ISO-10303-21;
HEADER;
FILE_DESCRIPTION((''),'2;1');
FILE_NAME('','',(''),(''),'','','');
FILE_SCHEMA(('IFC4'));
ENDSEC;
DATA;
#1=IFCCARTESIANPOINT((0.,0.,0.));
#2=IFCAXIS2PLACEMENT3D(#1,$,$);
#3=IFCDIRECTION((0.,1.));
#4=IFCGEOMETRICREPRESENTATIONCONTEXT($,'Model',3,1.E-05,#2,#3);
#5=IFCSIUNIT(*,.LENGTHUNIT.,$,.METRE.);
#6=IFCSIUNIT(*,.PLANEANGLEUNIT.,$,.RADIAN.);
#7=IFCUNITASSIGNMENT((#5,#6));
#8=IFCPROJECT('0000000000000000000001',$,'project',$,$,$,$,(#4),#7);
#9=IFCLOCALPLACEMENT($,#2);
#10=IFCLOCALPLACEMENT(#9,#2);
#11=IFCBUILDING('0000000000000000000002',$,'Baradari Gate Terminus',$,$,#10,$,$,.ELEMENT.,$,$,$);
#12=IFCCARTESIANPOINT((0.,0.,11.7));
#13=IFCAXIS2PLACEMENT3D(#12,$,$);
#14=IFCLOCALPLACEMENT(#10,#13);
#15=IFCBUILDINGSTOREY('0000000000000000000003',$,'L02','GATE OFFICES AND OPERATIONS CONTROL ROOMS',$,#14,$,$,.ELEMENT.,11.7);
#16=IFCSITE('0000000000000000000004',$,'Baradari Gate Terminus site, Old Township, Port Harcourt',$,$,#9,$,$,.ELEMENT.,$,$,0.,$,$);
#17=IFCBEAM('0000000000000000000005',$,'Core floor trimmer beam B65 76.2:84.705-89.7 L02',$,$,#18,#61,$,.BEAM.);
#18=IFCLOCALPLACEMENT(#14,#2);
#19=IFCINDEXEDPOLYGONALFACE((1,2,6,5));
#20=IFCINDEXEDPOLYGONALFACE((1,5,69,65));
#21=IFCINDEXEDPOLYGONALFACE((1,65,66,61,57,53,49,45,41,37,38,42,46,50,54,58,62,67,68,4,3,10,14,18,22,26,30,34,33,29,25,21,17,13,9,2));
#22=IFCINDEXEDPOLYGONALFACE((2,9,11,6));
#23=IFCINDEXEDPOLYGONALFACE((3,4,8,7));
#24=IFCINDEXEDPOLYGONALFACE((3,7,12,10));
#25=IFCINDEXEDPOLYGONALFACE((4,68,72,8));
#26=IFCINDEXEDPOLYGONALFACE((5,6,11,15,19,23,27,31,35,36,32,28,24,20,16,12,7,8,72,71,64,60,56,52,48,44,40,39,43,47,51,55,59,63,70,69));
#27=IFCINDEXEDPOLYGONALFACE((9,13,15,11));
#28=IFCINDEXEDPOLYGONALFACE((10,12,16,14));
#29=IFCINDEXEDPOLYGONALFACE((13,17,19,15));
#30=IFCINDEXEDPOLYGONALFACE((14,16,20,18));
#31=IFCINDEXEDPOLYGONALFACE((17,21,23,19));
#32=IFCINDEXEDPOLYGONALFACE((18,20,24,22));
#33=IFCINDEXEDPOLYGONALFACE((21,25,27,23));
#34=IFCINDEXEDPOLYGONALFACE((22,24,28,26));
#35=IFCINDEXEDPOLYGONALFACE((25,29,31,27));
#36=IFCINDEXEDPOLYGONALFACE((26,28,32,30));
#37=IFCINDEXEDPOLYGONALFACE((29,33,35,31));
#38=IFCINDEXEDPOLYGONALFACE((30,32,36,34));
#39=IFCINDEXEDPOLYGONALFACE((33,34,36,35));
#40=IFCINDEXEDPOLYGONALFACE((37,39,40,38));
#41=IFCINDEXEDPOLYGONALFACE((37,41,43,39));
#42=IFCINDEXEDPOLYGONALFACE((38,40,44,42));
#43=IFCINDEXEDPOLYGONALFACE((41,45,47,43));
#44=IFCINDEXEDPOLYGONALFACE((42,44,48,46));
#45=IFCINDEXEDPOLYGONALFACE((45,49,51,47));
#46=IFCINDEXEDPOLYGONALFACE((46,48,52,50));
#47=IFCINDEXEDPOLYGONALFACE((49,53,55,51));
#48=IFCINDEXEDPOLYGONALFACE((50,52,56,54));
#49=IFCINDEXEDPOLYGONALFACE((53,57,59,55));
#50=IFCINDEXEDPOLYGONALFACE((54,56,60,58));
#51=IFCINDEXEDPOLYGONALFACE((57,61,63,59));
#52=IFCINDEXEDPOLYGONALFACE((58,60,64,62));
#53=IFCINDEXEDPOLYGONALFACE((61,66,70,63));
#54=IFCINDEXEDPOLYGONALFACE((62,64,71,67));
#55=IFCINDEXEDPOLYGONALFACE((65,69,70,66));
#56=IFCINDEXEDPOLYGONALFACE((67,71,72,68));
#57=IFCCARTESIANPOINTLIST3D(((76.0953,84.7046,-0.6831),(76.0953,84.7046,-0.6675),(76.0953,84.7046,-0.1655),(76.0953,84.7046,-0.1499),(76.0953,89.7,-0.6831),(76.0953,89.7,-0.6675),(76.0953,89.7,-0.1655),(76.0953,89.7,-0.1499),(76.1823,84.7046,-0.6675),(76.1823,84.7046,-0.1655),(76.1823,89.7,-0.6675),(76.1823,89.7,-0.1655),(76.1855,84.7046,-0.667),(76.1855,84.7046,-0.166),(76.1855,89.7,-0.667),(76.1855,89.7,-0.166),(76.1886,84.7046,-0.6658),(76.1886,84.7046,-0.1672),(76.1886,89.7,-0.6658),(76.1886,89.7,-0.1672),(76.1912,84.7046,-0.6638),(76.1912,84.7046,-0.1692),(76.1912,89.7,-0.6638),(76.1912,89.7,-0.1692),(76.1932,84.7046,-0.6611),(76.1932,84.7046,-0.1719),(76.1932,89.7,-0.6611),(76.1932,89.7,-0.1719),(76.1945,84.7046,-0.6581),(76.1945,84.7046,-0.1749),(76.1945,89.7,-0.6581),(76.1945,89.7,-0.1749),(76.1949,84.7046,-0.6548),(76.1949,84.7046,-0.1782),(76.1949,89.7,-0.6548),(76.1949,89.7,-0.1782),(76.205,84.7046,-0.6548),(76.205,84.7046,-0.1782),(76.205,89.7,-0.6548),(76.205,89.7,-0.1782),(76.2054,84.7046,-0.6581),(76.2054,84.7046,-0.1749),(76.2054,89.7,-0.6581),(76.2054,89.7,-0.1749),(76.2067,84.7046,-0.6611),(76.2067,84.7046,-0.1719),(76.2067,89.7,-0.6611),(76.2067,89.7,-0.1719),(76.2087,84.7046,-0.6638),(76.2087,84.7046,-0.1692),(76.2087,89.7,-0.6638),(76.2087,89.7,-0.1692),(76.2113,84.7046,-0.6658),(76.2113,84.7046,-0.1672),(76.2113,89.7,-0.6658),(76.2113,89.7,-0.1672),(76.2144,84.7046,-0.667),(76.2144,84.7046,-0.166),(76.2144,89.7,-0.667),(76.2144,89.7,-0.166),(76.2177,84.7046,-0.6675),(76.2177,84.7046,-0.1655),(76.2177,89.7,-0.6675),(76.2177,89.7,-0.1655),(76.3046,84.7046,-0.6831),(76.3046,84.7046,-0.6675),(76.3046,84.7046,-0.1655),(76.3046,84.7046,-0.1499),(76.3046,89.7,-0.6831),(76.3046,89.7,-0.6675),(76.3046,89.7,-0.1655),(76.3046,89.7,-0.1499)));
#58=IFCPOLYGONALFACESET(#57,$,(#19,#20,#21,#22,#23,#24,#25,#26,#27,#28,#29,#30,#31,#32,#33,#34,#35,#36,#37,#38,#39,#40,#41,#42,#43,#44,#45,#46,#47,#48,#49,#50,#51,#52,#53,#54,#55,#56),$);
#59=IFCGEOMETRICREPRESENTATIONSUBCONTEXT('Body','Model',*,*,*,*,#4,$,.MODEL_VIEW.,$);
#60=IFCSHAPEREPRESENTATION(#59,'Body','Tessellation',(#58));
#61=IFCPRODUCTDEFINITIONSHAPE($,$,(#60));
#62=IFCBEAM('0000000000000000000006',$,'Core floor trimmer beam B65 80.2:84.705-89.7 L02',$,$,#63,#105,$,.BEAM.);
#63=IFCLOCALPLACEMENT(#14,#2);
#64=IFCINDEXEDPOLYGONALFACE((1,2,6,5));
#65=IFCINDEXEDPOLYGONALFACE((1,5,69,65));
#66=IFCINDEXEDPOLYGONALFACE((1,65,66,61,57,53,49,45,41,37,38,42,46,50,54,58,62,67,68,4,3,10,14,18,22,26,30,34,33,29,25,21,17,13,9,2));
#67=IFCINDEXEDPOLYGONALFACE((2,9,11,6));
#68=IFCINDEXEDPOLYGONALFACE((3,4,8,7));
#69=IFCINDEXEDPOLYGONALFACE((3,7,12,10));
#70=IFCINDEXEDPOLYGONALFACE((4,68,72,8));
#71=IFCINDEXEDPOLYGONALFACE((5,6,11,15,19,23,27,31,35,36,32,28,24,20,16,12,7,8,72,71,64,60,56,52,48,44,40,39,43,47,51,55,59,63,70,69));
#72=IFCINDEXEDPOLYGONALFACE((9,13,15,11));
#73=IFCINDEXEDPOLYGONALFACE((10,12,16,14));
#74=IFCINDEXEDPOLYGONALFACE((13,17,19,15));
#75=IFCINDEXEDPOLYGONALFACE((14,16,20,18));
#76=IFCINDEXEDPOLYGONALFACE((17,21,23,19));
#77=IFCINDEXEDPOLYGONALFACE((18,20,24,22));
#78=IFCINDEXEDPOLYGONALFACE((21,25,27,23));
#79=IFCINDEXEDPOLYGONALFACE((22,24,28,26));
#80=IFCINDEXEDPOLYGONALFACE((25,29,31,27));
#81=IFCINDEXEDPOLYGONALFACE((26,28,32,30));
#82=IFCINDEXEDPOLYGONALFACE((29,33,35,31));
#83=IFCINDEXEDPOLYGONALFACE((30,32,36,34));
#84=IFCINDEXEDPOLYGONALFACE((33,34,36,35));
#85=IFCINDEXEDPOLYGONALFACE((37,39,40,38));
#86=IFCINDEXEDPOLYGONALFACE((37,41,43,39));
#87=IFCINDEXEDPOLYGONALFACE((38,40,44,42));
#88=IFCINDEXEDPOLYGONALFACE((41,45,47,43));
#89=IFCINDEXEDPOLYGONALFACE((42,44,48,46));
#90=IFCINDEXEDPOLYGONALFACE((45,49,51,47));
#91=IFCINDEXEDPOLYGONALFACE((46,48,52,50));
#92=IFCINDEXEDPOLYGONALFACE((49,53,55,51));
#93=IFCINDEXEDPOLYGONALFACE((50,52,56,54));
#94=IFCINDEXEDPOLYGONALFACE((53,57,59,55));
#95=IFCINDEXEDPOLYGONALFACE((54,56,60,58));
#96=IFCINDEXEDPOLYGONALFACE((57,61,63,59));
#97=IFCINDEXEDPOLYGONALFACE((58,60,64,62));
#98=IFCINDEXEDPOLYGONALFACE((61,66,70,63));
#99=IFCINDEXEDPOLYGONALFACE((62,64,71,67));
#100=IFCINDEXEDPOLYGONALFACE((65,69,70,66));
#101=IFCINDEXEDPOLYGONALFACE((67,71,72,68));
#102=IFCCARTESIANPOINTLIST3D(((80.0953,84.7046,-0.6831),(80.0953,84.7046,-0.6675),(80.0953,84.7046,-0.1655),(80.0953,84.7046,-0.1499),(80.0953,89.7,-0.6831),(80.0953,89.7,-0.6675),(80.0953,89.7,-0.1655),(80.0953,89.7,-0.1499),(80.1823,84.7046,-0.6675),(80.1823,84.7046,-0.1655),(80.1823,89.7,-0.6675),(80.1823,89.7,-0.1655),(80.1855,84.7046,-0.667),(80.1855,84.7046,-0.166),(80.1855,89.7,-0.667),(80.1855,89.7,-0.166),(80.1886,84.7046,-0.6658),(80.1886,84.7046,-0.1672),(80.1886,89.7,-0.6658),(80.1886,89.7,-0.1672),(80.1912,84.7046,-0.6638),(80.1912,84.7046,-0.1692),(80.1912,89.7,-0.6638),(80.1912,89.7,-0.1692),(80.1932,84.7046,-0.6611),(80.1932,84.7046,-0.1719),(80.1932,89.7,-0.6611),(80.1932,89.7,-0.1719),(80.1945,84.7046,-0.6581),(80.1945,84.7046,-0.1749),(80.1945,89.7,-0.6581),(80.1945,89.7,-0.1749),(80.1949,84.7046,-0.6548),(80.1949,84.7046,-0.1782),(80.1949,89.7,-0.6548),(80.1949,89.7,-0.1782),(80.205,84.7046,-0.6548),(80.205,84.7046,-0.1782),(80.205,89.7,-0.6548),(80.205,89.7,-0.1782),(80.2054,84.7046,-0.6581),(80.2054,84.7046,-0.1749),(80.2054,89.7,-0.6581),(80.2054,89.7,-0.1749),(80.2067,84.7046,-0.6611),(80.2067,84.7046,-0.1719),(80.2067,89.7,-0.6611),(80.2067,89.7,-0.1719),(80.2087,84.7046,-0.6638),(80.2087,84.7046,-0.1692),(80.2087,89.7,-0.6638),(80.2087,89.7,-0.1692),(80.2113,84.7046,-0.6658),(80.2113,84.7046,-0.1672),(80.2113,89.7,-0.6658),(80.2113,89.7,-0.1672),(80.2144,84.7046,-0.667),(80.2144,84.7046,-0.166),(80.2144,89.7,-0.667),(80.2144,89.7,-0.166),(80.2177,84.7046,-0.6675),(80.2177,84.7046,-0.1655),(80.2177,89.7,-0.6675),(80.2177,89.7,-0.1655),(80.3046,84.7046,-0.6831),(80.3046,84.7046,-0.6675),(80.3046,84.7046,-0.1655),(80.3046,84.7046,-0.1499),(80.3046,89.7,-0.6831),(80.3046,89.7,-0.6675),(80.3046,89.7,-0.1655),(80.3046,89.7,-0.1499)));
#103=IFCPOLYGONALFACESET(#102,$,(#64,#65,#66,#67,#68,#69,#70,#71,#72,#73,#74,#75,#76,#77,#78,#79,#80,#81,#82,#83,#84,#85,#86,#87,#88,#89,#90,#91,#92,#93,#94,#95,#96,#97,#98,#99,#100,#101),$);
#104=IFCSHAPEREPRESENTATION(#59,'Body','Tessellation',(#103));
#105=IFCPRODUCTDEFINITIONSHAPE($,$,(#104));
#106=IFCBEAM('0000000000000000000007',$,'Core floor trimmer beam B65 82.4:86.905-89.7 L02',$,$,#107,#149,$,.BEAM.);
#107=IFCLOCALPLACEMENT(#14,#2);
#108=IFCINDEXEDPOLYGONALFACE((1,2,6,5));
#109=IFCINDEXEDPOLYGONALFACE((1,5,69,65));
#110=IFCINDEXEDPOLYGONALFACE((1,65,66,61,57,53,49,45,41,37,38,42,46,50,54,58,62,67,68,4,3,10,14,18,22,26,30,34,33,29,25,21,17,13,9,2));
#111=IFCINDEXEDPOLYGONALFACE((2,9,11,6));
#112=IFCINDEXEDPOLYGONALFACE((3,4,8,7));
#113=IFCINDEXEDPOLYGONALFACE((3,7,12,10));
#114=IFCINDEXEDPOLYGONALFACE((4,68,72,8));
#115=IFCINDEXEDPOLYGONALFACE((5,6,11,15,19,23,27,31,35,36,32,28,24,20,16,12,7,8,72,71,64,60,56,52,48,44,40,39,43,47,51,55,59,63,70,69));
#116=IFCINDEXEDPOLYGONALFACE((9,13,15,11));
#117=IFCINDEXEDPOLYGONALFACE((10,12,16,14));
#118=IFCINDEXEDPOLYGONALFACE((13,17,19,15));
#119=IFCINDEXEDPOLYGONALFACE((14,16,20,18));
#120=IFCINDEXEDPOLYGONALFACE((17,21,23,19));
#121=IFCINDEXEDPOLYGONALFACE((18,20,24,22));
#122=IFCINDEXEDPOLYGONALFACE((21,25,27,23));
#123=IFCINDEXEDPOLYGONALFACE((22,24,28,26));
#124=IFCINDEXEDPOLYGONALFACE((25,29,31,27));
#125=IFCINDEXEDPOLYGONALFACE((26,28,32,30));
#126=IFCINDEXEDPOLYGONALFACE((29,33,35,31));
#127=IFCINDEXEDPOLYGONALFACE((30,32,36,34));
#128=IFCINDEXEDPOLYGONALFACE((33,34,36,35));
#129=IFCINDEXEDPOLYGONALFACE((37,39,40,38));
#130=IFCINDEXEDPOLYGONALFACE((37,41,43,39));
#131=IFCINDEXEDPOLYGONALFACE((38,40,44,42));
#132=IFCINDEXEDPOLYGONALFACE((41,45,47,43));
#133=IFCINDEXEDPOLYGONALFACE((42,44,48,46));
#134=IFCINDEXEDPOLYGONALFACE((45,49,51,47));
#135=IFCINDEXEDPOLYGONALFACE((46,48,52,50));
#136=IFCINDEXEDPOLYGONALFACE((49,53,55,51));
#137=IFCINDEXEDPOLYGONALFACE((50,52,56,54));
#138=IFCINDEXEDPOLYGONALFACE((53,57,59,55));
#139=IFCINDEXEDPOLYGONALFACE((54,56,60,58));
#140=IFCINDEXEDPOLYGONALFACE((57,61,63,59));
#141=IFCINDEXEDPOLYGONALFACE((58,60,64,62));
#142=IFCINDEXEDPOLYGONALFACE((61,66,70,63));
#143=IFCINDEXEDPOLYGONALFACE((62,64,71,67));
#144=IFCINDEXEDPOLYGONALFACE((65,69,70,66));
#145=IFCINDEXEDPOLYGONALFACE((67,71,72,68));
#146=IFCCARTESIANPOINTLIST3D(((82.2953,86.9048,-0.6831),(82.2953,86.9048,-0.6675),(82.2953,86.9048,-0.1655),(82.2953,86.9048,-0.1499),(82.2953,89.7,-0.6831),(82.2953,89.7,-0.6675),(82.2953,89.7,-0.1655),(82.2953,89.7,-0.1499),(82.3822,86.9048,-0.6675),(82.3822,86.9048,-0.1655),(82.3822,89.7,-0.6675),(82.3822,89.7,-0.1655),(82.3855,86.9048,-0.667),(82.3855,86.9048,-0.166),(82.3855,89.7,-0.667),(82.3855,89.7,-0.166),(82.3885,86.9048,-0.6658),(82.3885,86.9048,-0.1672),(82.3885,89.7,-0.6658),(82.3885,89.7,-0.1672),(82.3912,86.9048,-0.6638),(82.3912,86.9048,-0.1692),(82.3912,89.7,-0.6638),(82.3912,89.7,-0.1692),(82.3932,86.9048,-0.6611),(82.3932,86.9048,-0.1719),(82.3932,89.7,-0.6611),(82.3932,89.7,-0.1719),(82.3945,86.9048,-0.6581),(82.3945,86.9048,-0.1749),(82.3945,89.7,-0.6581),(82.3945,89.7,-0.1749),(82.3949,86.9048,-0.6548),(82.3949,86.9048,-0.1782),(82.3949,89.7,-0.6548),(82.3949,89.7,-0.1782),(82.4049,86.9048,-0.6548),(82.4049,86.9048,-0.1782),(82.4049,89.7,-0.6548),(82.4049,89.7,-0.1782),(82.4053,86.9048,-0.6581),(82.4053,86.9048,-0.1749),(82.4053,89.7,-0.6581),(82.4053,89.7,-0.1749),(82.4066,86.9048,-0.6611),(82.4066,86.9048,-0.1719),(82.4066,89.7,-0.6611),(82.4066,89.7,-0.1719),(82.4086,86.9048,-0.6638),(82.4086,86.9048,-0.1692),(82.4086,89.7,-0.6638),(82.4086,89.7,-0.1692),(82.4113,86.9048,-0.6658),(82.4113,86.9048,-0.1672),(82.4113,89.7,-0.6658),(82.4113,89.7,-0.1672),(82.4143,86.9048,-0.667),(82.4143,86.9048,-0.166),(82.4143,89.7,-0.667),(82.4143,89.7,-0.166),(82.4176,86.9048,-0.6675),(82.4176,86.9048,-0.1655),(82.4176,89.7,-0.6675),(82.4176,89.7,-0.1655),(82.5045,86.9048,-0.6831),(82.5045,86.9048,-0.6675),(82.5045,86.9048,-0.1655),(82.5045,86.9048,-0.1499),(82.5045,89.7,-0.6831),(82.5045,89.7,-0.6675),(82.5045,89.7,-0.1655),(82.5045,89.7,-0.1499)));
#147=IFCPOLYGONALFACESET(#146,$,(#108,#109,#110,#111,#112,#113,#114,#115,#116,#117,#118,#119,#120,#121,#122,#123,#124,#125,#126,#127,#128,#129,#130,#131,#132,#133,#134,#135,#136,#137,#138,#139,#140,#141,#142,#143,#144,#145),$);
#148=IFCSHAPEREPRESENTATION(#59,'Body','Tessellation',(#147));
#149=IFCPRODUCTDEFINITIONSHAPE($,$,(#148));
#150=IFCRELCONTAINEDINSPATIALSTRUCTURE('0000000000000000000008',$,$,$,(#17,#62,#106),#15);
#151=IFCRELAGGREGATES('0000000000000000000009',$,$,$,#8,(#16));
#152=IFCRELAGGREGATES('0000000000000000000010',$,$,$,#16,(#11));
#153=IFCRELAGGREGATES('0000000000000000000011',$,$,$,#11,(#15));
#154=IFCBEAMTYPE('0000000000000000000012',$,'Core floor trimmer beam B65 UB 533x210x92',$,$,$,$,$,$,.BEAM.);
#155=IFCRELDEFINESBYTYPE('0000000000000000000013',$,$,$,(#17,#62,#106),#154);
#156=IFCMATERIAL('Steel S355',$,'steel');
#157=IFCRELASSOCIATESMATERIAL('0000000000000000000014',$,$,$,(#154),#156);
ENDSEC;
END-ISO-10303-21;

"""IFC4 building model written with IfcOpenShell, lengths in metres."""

from ifc_helpers import new_model, si_unit, direction, frame, origin, origin_2d, place, context, subcontext, project, spatial, i_section, extrude, material, material_profile, profile_set, type_object, element, save


model = new_model("IFC4")

# Units and contexts
model_context = context("Model", 3, precision=1e-05, world=origin(), true_north=direction((0.0, 1.0)))
body_context = subcontext(model_context, "Body", "Model", "MODEL_VIEW")
ifc_project = project(units=[si_unit("LENGTHUNIT", "METRE"), si_unit("PLANEANGLEUNIT", "RADIAN")], contexts=[model_context])

# Site, building, storey
site_placement = place(None, origin())
site = spatial("IfcSite", under=ifc_project, at=site_placement, Name="Baradari Gate Terminus site, Old Township, Port Harcourt", CompositionType="ELEMENT", RefElevation=0.0)
building_placement = place(site_placement, origin())
building = spatial("IfcBuilding", under=site, at=building_placement, Name="Baradari Gate Terminus", CompositionType="ELEMENT")
storey_placement = place(building_placement, frame((0.0, 0.0, 11.7)))
storey = spatial("IfcBuildingStorey", under=building, at=storey_placement, Name="L02", Description="GATE OFFICES AND OPERATIONS CONTROL ROOMS", CompositionType="ELEMENT", Elevation=11.7)

# Beams
ifc_material_1 = material(Name="Steel S355", Category="steel")
ifc_material_profile_1 = material_profile(ifc_material_1, i_section(OverallWidth=0.2092, OverallDepth=0.5332, WebThickness=0.01, FlangeThickness=0.0156, FilletRadius=0.0127, at=origin_2d()), Name="UB 533x210x92")
ifc_profile_set_1 = profile_set([ifc_material_profile_1], Name="Steel S355")
beam_type_1 = type_object("IfcBeamType", Name="Core floor trimmer beam B65 UB 533x210x92", PredefinedType="BEAM", material=ifc_profile_set_1)
for number, where, z_axis, x_axis, name in (
    (1, (76.2, 84.7046, -0.4165), (0.0, 1.0, 0.0), (-1.0, 0.0, 0.0), "Core floor trimmer beam B65 76.2:84.705-89.7 L02"),
    (2, (80.2, 84.7046, -0.4165), (0.0, 1.0, 0.0), (-1.0, 0.0, 0.0), "Core floor trimmer beam B65 80.2:84.705-89.7 L02"),
):
    element("IfcBeam", number, at=place(storey_placement, frame(where, z_axis=z_axis, x_axis=x_axis)), inside=storey, type_object=beam_type_1, Name=name, PredefinedType="BEAM", context=body_context, shape_type="SweptSolid", body=[
        extrude(i_section(OverallWidth=0.2092, OverallDepth=0.5332, WebThickness=0.01, FlangeThickness=0.0156, FilletRadius=0.0127, at=origin_2d()), origin(), (0.0, 0.0, 1.0), 4.9954),
    ])
beam_1_placement = place(storey_placement, frame((82.3999, 86.9048, -0.4165), z_axis=(0.0, 1.0, 0.0), x_axis=(-1.0, 0.0, 0.0)))
element("IfcBeam", 3, at=beam_1_placement, inside=storey, type_object=beam_type_1, Name="Core floor trimmer beam B65 82.4:86.905-89.7 L02", PredefinedType="BEAM", context=body_context, shape_type="SweptSolid", body=[
    extrude(i_section(OverallWidth=0.2092, OverallDepth=0.5332, WebThickness=0.01, FlangeThickness=0.0156, FilletRadius=0.0127, at=origin_2d()), origin(), (0.0, 0.0, 1.0), 2.7952),
])

save(model, "model.ifc")
